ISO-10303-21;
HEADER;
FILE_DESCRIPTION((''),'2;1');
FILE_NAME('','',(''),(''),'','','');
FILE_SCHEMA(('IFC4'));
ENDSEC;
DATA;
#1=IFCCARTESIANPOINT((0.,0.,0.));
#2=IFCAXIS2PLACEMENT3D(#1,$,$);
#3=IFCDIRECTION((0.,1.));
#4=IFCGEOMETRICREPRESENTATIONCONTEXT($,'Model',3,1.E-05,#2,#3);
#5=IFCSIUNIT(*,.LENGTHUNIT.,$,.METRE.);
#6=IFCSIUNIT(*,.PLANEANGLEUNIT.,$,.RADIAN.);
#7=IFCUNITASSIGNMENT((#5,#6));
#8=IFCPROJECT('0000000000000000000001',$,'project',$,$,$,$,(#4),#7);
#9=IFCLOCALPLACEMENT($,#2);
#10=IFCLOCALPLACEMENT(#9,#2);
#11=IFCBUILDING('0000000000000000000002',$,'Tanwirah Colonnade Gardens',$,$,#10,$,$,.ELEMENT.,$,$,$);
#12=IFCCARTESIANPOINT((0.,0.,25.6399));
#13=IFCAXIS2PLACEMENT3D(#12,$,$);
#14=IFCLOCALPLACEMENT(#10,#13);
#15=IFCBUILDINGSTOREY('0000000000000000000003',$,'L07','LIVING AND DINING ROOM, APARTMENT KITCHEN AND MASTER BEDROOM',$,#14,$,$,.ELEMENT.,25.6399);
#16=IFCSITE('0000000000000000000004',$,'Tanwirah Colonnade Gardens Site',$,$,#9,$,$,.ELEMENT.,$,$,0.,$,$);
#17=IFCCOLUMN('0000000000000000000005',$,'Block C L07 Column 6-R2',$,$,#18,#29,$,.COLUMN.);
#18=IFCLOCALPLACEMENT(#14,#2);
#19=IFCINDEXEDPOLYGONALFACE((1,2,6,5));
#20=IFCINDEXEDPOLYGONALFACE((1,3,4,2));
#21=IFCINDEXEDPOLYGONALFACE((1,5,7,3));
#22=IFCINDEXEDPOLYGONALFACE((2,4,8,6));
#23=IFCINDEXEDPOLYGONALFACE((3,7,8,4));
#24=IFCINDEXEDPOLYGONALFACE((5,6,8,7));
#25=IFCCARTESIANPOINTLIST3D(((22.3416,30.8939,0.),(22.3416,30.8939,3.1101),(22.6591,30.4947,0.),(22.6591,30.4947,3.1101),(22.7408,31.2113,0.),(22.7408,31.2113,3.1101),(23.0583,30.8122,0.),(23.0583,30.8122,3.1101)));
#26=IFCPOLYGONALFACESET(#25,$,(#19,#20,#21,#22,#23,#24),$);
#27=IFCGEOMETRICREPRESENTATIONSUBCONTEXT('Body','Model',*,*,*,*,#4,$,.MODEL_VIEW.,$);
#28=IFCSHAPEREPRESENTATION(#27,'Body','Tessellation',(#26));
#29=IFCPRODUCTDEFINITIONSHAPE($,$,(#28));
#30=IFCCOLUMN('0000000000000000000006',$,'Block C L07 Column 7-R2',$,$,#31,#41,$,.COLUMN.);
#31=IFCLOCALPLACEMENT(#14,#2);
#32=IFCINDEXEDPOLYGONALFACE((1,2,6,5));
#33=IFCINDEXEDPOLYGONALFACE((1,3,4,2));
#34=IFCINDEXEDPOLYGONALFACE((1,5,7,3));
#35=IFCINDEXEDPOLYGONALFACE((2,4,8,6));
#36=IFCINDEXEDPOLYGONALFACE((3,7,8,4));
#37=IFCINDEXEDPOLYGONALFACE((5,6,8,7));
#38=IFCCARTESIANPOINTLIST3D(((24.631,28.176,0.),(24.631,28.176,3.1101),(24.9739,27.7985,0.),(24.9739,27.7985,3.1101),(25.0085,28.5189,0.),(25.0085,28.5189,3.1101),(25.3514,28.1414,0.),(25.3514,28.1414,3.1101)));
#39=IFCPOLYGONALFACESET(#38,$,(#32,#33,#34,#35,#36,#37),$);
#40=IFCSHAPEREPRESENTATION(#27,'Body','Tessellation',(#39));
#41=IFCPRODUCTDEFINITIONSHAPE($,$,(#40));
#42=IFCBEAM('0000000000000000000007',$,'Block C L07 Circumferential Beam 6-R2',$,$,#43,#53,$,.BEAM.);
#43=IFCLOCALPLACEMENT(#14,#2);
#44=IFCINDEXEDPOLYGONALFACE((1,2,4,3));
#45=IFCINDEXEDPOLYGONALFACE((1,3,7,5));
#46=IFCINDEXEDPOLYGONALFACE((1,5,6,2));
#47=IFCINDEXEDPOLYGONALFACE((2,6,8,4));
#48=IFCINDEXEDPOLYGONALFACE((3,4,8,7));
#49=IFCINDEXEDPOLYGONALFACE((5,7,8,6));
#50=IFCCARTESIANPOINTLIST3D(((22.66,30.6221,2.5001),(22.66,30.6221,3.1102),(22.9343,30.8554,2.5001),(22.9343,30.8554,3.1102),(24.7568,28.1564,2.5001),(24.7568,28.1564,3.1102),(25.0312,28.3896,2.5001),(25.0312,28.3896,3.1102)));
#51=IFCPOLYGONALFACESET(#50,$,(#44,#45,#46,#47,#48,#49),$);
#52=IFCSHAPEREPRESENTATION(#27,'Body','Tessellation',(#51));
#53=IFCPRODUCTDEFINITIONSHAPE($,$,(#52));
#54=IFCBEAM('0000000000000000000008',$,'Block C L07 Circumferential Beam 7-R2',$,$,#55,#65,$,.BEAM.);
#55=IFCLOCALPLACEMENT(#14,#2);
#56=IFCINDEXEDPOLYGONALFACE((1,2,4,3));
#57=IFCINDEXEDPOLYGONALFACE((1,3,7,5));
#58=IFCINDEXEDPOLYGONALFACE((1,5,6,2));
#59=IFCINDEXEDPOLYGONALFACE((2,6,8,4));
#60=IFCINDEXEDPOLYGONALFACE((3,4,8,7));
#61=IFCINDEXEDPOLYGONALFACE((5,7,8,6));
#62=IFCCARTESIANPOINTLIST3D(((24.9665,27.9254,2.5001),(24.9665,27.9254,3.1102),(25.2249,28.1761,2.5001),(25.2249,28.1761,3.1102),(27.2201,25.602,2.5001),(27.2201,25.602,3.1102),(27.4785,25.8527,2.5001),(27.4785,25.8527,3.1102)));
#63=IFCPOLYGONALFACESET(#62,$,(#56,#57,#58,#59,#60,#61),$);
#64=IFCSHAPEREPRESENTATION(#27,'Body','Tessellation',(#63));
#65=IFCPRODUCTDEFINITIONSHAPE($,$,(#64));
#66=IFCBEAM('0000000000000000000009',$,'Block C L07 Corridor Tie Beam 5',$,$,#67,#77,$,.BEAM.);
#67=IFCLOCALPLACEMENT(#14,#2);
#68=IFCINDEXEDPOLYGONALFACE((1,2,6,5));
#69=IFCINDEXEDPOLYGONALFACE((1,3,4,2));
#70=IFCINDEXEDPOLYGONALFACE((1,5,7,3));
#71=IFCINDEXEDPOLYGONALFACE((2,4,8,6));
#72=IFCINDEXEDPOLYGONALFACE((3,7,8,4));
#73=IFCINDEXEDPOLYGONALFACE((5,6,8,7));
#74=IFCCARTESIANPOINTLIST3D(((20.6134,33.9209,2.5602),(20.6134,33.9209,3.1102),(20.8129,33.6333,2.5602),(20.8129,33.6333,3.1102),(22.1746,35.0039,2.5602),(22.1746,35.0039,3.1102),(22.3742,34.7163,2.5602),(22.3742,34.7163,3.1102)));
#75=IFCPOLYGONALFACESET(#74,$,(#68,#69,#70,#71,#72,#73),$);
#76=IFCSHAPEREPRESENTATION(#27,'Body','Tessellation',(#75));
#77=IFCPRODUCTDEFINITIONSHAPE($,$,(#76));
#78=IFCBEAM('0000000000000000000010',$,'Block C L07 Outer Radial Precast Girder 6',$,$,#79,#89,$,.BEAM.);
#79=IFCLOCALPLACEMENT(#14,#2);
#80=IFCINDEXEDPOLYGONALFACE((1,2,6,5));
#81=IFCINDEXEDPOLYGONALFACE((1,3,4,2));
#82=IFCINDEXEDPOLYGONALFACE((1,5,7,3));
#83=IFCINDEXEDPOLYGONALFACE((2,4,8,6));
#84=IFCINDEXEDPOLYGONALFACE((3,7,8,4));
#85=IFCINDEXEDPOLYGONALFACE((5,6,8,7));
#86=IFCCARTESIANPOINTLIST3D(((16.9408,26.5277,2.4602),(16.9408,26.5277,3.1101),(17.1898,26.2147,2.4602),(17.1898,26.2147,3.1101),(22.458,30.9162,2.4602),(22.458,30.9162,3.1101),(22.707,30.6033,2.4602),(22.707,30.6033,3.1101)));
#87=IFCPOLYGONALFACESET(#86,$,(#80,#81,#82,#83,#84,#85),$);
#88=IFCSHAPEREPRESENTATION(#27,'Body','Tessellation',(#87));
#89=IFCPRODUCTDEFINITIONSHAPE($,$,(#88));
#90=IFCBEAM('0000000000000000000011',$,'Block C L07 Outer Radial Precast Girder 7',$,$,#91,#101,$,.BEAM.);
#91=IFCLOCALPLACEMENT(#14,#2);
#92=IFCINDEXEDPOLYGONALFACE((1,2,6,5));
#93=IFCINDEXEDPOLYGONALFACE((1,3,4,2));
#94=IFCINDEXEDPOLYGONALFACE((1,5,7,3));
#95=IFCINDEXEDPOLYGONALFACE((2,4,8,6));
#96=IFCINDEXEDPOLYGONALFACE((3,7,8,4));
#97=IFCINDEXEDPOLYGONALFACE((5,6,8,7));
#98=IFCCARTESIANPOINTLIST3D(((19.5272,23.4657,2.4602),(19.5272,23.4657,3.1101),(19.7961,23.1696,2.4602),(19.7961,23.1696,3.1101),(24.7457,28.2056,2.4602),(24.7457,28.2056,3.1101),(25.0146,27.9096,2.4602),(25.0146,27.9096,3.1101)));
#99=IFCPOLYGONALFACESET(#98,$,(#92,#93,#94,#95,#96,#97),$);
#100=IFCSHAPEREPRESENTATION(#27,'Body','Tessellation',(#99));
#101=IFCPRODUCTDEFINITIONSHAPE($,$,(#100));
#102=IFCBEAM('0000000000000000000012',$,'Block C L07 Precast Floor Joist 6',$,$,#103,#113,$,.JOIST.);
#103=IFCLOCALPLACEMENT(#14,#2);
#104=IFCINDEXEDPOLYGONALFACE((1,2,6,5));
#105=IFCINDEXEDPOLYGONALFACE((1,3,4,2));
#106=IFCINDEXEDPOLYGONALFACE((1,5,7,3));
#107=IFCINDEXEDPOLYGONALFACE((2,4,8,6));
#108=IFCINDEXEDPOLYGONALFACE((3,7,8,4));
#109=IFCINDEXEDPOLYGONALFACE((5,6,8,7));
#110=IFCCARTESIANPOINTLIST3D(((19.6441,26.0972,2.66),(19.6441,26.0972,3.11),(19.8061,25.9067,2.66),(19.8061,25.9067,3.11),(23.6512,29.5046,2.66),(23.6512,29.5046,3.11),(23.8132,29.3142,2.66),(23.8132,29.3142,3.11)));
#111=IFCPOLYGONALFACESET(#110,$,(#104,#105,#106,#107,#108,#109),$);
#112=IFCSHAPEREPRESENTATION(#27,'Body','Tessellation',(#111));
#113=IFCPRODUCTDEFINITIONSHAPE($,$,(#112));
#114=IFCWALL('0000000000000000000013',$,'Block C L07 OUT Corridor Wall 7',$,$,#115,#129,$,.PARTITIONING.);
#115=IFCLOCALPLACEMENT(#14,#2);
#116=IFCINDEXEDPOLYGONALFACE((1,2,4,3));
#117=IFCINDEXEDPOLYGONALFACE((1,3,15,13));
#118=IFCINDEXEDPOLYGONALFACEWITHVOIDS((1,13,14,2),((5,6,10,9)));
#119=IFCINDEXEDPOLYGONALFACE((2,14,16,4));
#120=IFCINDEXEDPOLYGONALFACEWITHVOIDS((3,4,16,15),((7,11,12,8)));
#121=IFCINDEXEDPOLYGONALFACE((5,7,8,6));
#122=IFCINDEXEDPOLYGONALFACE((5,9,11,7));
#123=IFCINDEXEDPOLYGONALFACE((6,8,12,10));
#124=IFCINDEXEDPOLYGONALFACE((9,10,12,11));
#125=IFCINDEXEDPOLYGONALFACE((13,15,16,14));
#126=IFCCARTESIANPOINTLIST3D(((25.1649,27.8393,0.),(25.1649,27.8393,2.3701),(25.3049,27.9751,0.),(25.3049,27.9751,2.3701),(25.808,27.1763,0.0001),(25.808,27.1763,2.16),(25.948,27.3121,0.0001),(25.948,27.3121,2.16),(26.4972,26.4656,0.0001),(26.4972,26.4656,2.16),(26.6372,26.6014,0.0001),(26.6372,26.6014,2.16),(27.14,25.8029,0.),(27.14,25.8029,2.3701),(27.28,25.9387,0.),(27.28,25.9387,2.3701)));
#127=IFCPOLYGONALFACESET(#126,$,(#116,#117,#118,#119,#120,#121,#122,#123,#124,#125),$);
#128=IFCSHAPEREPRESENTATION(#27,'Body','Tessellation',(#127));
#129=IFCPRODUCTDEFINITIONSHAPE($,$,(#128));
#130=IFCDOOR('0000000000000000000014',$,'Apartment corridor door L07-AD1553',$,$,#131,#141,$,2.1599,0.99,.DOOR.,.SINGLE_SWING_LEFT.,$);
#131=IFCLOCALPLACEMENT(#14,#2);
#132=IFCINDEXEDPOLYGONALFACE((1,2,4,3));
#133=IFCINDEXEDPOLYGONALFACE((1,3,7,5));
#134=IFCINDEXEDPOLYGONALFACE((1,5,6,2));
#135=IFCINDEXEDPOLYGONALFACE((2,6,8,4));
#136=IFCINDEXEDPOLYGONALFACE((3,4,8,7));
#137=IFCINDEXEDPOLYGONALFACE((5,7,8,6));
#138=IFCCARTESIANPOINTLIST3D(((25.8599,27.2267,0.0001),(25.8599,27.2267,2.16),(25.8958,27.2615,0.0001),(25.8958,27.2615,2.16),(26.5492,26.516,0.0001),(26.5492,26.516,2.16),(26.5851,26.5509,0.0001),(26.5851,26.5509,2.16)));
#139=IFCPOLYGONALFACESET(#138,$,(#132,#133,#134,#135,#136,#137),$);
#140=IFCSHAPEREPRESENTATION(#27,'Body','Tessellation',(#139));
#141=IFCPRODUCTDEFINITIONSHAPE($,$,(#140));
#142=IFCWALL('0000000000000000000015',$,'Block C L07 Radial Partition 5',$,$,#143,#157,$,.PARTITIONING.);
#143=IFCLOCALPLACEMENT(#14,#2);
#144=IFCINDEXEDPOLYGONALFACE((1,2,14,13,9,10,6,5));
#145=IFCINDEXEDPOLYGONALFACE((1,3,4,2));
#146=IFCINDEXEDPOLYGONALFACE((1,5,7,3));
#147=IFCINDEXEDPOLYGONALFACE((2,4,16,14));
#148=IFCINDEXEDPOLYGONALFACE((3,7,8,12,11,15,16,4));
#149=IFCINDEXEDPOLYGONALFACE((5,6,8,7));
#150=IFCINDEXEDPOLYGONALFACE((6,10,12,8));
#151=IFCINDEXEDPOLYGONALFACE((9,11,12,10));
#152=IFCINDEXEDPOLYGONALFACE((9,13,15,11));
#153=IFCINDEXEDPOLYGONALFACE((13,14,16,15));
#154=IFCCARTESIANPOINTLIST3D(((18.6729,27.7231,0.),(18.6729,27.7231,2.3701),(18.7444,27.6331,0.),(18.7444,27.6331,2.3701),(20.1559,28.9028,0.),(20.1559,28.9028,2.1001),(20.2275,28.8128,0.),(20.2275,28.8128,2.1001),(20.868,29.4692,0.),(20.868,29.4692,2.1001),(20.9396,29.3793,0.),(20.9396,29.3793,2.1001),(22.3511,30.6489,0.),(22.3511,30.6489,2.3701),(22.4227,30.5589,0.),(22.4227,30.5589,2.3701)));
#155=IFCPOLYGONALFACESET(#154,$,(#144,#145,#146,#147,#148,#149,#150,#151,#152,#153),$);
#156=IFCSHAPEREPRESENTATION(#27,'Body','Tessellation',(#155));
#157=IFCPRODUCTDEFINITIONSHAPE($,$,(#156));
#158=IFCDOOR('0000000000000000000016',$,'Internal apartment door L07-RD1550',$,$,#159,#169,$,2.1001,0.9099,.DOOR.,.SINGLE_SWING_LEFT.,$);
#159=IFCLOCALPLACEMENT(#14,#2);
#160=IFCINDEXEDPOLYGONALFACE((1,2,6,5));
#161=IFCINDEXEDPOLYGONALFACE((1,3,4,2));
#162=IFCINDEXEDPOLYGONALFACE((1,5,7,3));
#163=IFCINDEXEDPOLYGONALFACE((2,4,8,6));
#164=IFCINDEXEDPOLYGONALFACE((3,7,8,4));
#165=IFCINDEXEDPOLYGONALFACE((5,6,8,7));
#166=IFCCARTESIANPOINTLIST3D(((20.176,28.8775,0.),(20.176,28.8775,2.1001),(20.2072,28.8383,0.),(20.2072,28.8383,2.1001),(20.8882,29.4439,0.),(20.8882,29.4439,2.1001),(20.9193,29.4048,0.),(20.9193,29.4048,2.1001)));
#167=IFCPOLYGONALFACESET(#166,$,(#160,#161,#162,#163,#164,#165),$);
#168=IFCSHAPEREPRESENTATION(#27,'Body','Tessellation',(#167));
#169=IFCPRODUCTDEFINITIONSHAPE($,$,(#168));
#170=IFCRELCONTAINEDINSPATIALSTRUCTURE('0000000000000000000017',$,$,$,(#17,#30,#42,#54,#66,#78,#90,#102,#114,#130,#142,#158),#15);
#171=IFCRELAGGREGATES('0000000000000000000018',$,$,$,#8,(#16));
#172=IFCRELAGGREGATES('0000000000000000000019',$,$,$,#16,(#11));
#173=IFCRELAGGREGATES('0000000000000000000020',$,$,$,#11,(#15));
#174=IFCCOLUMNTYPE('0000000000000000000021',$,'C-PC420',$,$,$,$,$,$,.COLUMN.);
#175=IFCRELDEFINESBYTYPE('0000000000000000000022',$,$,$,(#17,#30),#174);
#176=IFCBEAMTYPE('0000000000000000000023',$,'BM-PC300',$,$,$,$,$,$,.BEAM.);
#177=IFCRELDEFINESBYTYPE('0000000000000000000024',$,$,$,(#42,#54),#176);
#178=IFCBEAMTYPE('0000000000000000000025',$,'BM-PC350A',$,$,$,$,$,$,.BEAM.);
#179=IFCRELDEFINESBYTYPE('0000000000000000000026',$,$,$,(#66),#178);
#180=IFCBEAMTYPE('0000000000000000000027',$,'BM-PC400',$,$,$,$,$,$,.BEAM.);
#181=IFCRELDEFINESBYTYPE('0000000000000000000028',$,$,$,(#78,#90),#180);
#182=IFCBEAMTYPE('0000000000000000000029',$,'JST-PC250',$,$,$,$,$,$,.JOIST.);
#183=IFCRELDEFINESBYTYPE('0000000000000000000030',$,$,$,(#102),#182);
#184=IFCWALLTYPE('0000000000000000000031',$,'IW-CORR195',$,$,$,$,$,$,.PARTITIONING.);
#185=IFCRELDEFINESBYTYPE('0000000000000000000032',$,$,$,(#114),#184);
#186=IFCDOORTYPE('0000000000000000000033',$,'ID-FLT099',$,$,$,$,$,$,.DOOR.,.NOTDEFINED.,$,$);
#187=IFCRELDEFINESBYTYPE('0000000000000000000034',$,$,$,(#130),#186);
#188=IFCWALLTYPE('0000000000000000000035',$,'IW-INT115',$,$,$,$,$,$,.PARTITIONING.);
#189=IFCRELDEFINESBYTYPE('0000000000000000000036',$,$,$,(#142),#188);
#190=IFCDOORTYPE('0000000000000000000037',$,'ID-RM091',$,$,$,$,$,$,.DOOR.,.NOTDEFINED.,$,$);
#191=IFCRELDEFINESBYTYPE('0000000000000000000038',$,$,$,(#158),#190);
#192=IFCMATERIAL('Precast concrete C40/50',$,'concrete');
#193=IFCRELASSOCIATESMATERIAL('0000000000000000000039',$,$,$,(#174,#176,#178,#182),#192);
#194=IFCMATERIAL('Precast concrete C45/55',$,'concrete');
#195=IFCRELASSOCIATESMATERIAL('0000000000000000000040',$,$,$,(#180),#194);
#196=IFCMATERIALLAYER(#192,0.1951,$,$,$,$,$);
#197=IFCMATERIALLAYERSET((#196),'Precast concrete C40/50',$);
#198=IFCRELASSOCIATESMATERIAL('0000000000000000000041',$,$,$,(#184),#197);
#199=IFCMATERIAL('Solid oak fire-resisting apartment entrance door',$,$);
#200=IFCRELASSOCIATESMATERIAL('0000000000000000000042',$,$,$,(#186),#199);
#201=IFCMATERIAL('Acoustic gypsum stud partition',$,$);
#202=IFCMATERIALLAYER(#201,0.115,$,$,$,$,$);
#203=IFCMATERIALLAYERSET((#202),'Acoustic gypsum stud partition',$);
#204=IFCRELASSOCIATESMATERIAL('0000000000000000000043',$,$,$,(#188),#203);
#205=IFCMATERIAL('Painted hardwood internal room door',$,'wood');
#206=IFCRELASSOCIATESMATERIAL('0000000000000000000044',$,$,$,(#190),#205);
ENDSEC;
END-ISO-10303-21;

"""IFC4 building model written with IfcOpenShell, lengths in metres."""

from ifc_helpers import new_model, si_unit, direction, frame, frame_2d, origin, origin_2d, place, context, subcontext, project, spatial, rectangle, extrude, material, layer, layer_set, material_profile, profile_set, type_object, element, fill, save


model = new_model("IFC4")

# Units and contexts
model_context = context("Model", 3, precision=1e-05, world=origin(), true_north=direction((0.0, 1.0)))
body_context = subcontext(model_context, "Body", "Model", "MODEL_VIEW")
ifc_project = project(units=[si_unit("LENGTHUNIT", "METRE"), si_unit("PLANEANGLEUNIT", "RADIAN")], contexts=[model_context])

# Site, building, storey
site_placement = place(None, origin())
site = spatial("IfcSite", under=ifc_project, at=site_placement, Name="Tanwirah Colonnade Gardens Site", CompositionType="ELEMENT", RefElevation=0.0)
building_placement = place(site_placement, origin())
building = spatial("IfcBuilding", under=site, at=building_placement, Name="Tanwirah Colonnade Gardens", CompositionType="ELEMENT")
storey_placement = place(building_placement, frame((0.0, 0.0, 25.6399)))
storey = spatial("IfcBuildingStorey", under=building, at=storey_placement, Name="L07", Description="LIVING AND DINING ROOM, APARTMENT KITCHEN AND MASTER BEDROOM", CompositionType="ELEMENT", Elevation=25.6399)

# Columns
ifc_material_1 = material(Name="Precast concrete C40/50", Category="concrete")
ifc_material_profile_1 = material_profile(ifc_material_1, rectangle(XDim=0.51, YDim=0.51, at=origin_2d()), Name="PC-COL 510x510")
ifc_profile_set_1 = profile_set([ifc_material_profile_1], Name="Precast concrete C40/50")
column_type = type_object("IfcColumnType", Name="C-PC420", PredefinedType="COLUMN", material=ifc_profile_set_1)
for number, where, z_axis, x_axis, name in (
    (1, (22.7, 30.853, 0.0), (0.0, 0.0, 1.0), (-0.782608, -0.622515, 0.0), "Block C L07 Column 6-R2"),
    (2, (24.9912, 28.1587, 0.0), (0.0, 0.0, 1.0), (-0.740218, -0.672367, 0.0), "Block C L07 Column 7-R2"),
):
    element("IfcColumn", number, at=place(storey_placement, frame(where, z_axis=z_axis, x_axis=x_axis)), inside=storey, type_object=column_type, Name=name, PredefinedType="COLUMN", context=body_context, shape_type="SweptSolid", body=[
        extrude(rectangle(XDim=0.51, YDim=0.51, at=origin_2d()), origin(), (0.0, 0.0, 1.0), 3.1101),
    ])

# Beams
ifc_material_profile_2 = material_profile(ifc_material_1, rectangle(XDim=0.3601, YDim=0.6101, at=origin_2d()), Name="PC-BM 360x610")
ifc_profile_set_2 = profile_set([ifc_material_profile_2], Name="Precast concrete C40/50")
beam_type_1 = type_object("IfcBeamType", Name="BM-PC300", PredefinedType="BEAM", material=ifc_profile_set_2)
for number, where, z_axis, x_axis, name in (
    (3, (22.7971, 30.7388, 2.8052), (0.647824, -0.76179, 0.0), (0.76179, 0.647824, 0.0), "Block C L07 Circumferential Beam 6-R2"),
    (4, (25.0957, 28.0508, 2.8052), (0.696239, -0.71781, 0.0), (0.71781, 0.696239, 0.0), "Block C L07 Circumferential Beam 7-R2"),
):
    element("IfcBeam", number, at=place(storey_placement, frame(where, z_axis=z_axis, x_axis=x_axis)), inside=storey, type_object=beam_type_1, Name=name, PredefinedType="BEAM", context=body_context, shape_type="SweptSolid", body=[
        extrude(rectangle(XDim=0.3601, YDim=0.6101, at=origin_2d()), origin(), (0.0, 0.0, 1.0), 3.2368),
    ])
ifc_material_profile_3 = material_profile(ifc_material_1, rectangle(XDim=0.3501, YDim=0.55, at=origin_2d()), Name="PC-BM 350x550")
ifc_profile_set_3 = profile_set([ifc_material_profile_3], Name="Precast concrete C40/50")
beam_type_2 = type_object("IfcBeamType", Name="BM-PC350A", PredefinedType="BEAM", material=ifc_profile_set_3)
beam_1_placement = place(storey_placement, frame((22.2744, 34.8601, 2.8352), z_axis=(-0.821669, -0.569965, 0.0), x_axis=(0.569965, -0.821669, 0.0)))
element("IfcBeam", 5, at=beam_1_placement, inside=storey, type_object=beam_type_2, Name="Block C L07 Corridor Tie Beam 5", PredefinedType="BEAM", context=body_context, shape_type="SweptSolid", body=[
    extrude(rectangle(XDim=0.3501, YDim=0.55, at=origin_2d()), origin(), (0.0, 0.0, 1.0), 1.9001),
])
ifc_material_2 = material(Name="Precast concrete C45/55", Category="concrete")
ifc_material_profile_4 = material_profile(ifc_material_2, rectangle(XDim=0.3999, YDim=0.6499, at=origin_2d()), Name="PC-BM 400x650")
ifc_profile_set_4 = profile_set([ifc_material_profile_4], Name="Precast concrete C45/55")
beam_type_3 = type_object("IfcBeamType", Name="BM-PC400", PredefinedType="BEAM", material=ifc_profile_set_4)
for number, where, z_axis, x_axis, name in (
    (6, (22.5825, 30.7598, 2.7852), (-0.782609, -0.622513, 0.0), (0.622513, -0.782609, 0.0), "Block C L07 Outer Radial Precast Girder 6"),
    (7, (24.8801, 28.0576, 2.7852), (-0.74023, -0.672354, 0.0), (0.672354, -0.74023, 0.0), "Block C L07 Outer Radial Precast Girder 7"),
):
    element("IfcBeam", number, at=place(storey_placement, frame(where, z_axis=z_axis, x_axis=x_axis)), inside=storey, type_object=beam_type_3, Name=name, PredefinedType="BEAM", context=body_context, shape_type="SweptSolid", body=[
        extrude(rectangle(XDim=0.3999, YDim=0.6499, at=origin_2d()), origin(), (0.0, 0.0, 1.0), 7.0498),
    ])
ifc_material_profile_5 = material_profile(ifc_material_1, rectangle(XDim=0.25, YDim=0.45, at=origin_2d()), Name="PC-JST 250x450")
ifc_profile_set_5 = profile_set([ifc_material_profile_5], Name="Precast concrete C40/50")
beam_type_4 = type_object("IfcBeamType", Name="JST-PC250", PredefinedType="JOIST", material=ifc_profile_set_5)
beam_2_placement = place(storey_placement, frame((23.7322, 29.4094, 2.885), z_axis=(-0.761803, -0.647809, 0.0), x_axis=(0.647809, -0.761803, 0.0)))
element("IfcBeam", 8, at=beam_2_placement, inside=storey, type_object=beam_type_4, Name="Block C L07 Precast Floor Joist 6", PredefinedType="JOIST", context=body_context, shape_type="SweptSolid", body=[
    extrude(rectangle(XDim=0.25, YDim=0.45, at=origin_2d()), origin(), (0.0, 0.0, 1.0), 5.26),
])

# Walls, openings, doors
ifc_layer_1 = layer(ifc_material_1, 0.1951)
ifc_layer_set_1 = layer_set([ifc_layer_1], Name="Precast concrete C40/50")
wall_type_1 = type_object("IfcWallType", Name="IW-CORR195", PredefinedType="PARTITIONING", material=ifc_layer_set_1)
ifc_material_3 = material(Name="Solid oak fire-resisting apartment entrance door")
wall_1_placement = place(storey_placement, frame((25.2349, 27.9072, 0.0), z_axis=(0.0, 0.0, 1.0), x_axis=(0.696224, -0.717825, 0.0)))
wall_1 = element("IfcWall", 9, at=wall_1_placement, inside=storey, type_object=wall_type_1, Name="Block C L07 OUT Corridor Wall 7", PredefinedType="PARTITIONING", context=body_context, shape_type="SweptSolid", body=[
    extrude(rectangle(XDim=2.8369, YDim=0.1951, at=frame_2d((1.4185, 0.0))), origin(), (0.0, 0.0, 1.0), 2.3701),
])
opening_1_placement = place(wall_1_placement, frame((0.9236, 0.0, 0.0)))
opening_1 = element("IfcOpeningElement", 10, at=opening_1_placement, cuts=wall_1, PredefinedType="OPENING", context=body_context, shape_type="SweptSolid", body=[
    extrude(rectangle(XDim=0.99, YDim=2.1599, at=frame_2d((0.4951, 1.0801))), frame((0.0, 0.1074, 0.0), z_axis=(0.0, -1.0, 0.0), x_axis=(1.0, 0.0, 0.0)), (0.0, 0.0, 1.0), 0.2151),
])
door_type_1 = type_object("IfcDoorType", Name="ID-FLT099", OperationType="NOTDEFINED", PredefinedType="DOOR", material=ifc_material_3)
door_1_placement = place(opening_1_placement, origin())
door_1 = element("IfcDoor", 11, at=door_1_placement, inside=storey, type_object=door_type_1, Name="Apartment corridor door L07-AD1553", OperationType="SINGLE_SWING_LEFT", OverallHeight=2.1599, OverallWidth=0.99, PredefinedType="DOOR", context=body_context, shape_type="SweptSolid", body=[
    extrude(rectangle(XDim=0.99, YDim=2.1599, at=frame_2d((0.4951, 1.0801))), frame((0.0, 0.0249, 0.0), z_axis=(0.0, -1.0, 0.0), x_axis=(1.0, 0.0, 0.0)), (0.0, 0.0, 1.0), 0.05),
])
fill(opening_1, door_1)
ifc_material_4 = material(Name="Acoustic gypsum stud partition")
ifc_layer_2 = layer(ifc_material_4, 0.115)
ifc_layer_set_2 = layer_set([ifc_layer_2], Name="Acoustic gypsum stud partition")
wall_type_2 = type_object("IfcWallType", Name="IW-INT115", PredefinedType="PARTITIONING", material=ifc_layer_set_2)
wall_2_placement = place(storey_placement, frame((22.387, 30.604, 0.0), z_axis=(0.0, 0.0, 1.0), x_axis=(-0.782609, -0.622513, 0.0)))
wall_2 = element("IfcWall", 12, at=wall_2_placement, inside=storey, type_object=wall_type_2, Name="Block C L07 Radial Partition 5", PredefinedType="PARTITIONING", context=body_context, shape_type="SweptSolid", body=[
    extrude(rectangle(XDim=4.7, YDim=0.115, at=frame_2d((2.3501, 0.0))), origin(), (0.0, 0.0, 1.0), 2.3701),
])
opening_2_placement = place(wall_2_placement, frame((1.895, 0.0, 0.0)))
opening_2 = element("IfcOpeningElement", 13, at=opening_2_placement, cuts=wall_2, PredefinedType="OPENING", context=body_context, shape_type="SweptSolid", body=[
    extrude(rectangle(XDim=0.9099, YDim=2.1001, at=frame_2d((0.4551, 1.05))), frame((0.0, 0.0674, 0.0), z_axis=(0.0, -1.0, 0.0), x_axis=(1.0, 0.0, 0.0)), (0.0, 0.0, 1.0), 0.135),
])
ifc_material_5 = material(Name="Painted hardwood internal room door", Category="wood")
door_type_2 = type_object("IfcDoorType", Name="ID-RM091", OperationType="NOTDEFINED", PredefinedType="DOOR", material=ifc_material_5)
door_2_placement = place(opening_2_placement, origin())
door_2 = element("IfcDoor", 14, at=door_2_placement, inside=storey, type_object=door_type_2, Name="Internal apartment door L07-RD1550", OperationType="SINGLE_SWING_LEFT", OverallHeight=2.1001, OverallWidth=0.9099, PredefinedType="DOOR", context=body_context, shape_type="SweptSolid", body=[
    extrude(rectangle(XDim=0.9099, YDim=2.1001, at=frame_2d((0.4551, 1.05))), frame((0.0, 0.0249, 0.0), z_axis=(0.0, -1.0, 0.0), x_axis=(1.0, 0.0, 0.0)), (0.0, 0.0, 1.0), 0.05),
])
fill(opening_2, door_2)

save(model, "model.ifc")
